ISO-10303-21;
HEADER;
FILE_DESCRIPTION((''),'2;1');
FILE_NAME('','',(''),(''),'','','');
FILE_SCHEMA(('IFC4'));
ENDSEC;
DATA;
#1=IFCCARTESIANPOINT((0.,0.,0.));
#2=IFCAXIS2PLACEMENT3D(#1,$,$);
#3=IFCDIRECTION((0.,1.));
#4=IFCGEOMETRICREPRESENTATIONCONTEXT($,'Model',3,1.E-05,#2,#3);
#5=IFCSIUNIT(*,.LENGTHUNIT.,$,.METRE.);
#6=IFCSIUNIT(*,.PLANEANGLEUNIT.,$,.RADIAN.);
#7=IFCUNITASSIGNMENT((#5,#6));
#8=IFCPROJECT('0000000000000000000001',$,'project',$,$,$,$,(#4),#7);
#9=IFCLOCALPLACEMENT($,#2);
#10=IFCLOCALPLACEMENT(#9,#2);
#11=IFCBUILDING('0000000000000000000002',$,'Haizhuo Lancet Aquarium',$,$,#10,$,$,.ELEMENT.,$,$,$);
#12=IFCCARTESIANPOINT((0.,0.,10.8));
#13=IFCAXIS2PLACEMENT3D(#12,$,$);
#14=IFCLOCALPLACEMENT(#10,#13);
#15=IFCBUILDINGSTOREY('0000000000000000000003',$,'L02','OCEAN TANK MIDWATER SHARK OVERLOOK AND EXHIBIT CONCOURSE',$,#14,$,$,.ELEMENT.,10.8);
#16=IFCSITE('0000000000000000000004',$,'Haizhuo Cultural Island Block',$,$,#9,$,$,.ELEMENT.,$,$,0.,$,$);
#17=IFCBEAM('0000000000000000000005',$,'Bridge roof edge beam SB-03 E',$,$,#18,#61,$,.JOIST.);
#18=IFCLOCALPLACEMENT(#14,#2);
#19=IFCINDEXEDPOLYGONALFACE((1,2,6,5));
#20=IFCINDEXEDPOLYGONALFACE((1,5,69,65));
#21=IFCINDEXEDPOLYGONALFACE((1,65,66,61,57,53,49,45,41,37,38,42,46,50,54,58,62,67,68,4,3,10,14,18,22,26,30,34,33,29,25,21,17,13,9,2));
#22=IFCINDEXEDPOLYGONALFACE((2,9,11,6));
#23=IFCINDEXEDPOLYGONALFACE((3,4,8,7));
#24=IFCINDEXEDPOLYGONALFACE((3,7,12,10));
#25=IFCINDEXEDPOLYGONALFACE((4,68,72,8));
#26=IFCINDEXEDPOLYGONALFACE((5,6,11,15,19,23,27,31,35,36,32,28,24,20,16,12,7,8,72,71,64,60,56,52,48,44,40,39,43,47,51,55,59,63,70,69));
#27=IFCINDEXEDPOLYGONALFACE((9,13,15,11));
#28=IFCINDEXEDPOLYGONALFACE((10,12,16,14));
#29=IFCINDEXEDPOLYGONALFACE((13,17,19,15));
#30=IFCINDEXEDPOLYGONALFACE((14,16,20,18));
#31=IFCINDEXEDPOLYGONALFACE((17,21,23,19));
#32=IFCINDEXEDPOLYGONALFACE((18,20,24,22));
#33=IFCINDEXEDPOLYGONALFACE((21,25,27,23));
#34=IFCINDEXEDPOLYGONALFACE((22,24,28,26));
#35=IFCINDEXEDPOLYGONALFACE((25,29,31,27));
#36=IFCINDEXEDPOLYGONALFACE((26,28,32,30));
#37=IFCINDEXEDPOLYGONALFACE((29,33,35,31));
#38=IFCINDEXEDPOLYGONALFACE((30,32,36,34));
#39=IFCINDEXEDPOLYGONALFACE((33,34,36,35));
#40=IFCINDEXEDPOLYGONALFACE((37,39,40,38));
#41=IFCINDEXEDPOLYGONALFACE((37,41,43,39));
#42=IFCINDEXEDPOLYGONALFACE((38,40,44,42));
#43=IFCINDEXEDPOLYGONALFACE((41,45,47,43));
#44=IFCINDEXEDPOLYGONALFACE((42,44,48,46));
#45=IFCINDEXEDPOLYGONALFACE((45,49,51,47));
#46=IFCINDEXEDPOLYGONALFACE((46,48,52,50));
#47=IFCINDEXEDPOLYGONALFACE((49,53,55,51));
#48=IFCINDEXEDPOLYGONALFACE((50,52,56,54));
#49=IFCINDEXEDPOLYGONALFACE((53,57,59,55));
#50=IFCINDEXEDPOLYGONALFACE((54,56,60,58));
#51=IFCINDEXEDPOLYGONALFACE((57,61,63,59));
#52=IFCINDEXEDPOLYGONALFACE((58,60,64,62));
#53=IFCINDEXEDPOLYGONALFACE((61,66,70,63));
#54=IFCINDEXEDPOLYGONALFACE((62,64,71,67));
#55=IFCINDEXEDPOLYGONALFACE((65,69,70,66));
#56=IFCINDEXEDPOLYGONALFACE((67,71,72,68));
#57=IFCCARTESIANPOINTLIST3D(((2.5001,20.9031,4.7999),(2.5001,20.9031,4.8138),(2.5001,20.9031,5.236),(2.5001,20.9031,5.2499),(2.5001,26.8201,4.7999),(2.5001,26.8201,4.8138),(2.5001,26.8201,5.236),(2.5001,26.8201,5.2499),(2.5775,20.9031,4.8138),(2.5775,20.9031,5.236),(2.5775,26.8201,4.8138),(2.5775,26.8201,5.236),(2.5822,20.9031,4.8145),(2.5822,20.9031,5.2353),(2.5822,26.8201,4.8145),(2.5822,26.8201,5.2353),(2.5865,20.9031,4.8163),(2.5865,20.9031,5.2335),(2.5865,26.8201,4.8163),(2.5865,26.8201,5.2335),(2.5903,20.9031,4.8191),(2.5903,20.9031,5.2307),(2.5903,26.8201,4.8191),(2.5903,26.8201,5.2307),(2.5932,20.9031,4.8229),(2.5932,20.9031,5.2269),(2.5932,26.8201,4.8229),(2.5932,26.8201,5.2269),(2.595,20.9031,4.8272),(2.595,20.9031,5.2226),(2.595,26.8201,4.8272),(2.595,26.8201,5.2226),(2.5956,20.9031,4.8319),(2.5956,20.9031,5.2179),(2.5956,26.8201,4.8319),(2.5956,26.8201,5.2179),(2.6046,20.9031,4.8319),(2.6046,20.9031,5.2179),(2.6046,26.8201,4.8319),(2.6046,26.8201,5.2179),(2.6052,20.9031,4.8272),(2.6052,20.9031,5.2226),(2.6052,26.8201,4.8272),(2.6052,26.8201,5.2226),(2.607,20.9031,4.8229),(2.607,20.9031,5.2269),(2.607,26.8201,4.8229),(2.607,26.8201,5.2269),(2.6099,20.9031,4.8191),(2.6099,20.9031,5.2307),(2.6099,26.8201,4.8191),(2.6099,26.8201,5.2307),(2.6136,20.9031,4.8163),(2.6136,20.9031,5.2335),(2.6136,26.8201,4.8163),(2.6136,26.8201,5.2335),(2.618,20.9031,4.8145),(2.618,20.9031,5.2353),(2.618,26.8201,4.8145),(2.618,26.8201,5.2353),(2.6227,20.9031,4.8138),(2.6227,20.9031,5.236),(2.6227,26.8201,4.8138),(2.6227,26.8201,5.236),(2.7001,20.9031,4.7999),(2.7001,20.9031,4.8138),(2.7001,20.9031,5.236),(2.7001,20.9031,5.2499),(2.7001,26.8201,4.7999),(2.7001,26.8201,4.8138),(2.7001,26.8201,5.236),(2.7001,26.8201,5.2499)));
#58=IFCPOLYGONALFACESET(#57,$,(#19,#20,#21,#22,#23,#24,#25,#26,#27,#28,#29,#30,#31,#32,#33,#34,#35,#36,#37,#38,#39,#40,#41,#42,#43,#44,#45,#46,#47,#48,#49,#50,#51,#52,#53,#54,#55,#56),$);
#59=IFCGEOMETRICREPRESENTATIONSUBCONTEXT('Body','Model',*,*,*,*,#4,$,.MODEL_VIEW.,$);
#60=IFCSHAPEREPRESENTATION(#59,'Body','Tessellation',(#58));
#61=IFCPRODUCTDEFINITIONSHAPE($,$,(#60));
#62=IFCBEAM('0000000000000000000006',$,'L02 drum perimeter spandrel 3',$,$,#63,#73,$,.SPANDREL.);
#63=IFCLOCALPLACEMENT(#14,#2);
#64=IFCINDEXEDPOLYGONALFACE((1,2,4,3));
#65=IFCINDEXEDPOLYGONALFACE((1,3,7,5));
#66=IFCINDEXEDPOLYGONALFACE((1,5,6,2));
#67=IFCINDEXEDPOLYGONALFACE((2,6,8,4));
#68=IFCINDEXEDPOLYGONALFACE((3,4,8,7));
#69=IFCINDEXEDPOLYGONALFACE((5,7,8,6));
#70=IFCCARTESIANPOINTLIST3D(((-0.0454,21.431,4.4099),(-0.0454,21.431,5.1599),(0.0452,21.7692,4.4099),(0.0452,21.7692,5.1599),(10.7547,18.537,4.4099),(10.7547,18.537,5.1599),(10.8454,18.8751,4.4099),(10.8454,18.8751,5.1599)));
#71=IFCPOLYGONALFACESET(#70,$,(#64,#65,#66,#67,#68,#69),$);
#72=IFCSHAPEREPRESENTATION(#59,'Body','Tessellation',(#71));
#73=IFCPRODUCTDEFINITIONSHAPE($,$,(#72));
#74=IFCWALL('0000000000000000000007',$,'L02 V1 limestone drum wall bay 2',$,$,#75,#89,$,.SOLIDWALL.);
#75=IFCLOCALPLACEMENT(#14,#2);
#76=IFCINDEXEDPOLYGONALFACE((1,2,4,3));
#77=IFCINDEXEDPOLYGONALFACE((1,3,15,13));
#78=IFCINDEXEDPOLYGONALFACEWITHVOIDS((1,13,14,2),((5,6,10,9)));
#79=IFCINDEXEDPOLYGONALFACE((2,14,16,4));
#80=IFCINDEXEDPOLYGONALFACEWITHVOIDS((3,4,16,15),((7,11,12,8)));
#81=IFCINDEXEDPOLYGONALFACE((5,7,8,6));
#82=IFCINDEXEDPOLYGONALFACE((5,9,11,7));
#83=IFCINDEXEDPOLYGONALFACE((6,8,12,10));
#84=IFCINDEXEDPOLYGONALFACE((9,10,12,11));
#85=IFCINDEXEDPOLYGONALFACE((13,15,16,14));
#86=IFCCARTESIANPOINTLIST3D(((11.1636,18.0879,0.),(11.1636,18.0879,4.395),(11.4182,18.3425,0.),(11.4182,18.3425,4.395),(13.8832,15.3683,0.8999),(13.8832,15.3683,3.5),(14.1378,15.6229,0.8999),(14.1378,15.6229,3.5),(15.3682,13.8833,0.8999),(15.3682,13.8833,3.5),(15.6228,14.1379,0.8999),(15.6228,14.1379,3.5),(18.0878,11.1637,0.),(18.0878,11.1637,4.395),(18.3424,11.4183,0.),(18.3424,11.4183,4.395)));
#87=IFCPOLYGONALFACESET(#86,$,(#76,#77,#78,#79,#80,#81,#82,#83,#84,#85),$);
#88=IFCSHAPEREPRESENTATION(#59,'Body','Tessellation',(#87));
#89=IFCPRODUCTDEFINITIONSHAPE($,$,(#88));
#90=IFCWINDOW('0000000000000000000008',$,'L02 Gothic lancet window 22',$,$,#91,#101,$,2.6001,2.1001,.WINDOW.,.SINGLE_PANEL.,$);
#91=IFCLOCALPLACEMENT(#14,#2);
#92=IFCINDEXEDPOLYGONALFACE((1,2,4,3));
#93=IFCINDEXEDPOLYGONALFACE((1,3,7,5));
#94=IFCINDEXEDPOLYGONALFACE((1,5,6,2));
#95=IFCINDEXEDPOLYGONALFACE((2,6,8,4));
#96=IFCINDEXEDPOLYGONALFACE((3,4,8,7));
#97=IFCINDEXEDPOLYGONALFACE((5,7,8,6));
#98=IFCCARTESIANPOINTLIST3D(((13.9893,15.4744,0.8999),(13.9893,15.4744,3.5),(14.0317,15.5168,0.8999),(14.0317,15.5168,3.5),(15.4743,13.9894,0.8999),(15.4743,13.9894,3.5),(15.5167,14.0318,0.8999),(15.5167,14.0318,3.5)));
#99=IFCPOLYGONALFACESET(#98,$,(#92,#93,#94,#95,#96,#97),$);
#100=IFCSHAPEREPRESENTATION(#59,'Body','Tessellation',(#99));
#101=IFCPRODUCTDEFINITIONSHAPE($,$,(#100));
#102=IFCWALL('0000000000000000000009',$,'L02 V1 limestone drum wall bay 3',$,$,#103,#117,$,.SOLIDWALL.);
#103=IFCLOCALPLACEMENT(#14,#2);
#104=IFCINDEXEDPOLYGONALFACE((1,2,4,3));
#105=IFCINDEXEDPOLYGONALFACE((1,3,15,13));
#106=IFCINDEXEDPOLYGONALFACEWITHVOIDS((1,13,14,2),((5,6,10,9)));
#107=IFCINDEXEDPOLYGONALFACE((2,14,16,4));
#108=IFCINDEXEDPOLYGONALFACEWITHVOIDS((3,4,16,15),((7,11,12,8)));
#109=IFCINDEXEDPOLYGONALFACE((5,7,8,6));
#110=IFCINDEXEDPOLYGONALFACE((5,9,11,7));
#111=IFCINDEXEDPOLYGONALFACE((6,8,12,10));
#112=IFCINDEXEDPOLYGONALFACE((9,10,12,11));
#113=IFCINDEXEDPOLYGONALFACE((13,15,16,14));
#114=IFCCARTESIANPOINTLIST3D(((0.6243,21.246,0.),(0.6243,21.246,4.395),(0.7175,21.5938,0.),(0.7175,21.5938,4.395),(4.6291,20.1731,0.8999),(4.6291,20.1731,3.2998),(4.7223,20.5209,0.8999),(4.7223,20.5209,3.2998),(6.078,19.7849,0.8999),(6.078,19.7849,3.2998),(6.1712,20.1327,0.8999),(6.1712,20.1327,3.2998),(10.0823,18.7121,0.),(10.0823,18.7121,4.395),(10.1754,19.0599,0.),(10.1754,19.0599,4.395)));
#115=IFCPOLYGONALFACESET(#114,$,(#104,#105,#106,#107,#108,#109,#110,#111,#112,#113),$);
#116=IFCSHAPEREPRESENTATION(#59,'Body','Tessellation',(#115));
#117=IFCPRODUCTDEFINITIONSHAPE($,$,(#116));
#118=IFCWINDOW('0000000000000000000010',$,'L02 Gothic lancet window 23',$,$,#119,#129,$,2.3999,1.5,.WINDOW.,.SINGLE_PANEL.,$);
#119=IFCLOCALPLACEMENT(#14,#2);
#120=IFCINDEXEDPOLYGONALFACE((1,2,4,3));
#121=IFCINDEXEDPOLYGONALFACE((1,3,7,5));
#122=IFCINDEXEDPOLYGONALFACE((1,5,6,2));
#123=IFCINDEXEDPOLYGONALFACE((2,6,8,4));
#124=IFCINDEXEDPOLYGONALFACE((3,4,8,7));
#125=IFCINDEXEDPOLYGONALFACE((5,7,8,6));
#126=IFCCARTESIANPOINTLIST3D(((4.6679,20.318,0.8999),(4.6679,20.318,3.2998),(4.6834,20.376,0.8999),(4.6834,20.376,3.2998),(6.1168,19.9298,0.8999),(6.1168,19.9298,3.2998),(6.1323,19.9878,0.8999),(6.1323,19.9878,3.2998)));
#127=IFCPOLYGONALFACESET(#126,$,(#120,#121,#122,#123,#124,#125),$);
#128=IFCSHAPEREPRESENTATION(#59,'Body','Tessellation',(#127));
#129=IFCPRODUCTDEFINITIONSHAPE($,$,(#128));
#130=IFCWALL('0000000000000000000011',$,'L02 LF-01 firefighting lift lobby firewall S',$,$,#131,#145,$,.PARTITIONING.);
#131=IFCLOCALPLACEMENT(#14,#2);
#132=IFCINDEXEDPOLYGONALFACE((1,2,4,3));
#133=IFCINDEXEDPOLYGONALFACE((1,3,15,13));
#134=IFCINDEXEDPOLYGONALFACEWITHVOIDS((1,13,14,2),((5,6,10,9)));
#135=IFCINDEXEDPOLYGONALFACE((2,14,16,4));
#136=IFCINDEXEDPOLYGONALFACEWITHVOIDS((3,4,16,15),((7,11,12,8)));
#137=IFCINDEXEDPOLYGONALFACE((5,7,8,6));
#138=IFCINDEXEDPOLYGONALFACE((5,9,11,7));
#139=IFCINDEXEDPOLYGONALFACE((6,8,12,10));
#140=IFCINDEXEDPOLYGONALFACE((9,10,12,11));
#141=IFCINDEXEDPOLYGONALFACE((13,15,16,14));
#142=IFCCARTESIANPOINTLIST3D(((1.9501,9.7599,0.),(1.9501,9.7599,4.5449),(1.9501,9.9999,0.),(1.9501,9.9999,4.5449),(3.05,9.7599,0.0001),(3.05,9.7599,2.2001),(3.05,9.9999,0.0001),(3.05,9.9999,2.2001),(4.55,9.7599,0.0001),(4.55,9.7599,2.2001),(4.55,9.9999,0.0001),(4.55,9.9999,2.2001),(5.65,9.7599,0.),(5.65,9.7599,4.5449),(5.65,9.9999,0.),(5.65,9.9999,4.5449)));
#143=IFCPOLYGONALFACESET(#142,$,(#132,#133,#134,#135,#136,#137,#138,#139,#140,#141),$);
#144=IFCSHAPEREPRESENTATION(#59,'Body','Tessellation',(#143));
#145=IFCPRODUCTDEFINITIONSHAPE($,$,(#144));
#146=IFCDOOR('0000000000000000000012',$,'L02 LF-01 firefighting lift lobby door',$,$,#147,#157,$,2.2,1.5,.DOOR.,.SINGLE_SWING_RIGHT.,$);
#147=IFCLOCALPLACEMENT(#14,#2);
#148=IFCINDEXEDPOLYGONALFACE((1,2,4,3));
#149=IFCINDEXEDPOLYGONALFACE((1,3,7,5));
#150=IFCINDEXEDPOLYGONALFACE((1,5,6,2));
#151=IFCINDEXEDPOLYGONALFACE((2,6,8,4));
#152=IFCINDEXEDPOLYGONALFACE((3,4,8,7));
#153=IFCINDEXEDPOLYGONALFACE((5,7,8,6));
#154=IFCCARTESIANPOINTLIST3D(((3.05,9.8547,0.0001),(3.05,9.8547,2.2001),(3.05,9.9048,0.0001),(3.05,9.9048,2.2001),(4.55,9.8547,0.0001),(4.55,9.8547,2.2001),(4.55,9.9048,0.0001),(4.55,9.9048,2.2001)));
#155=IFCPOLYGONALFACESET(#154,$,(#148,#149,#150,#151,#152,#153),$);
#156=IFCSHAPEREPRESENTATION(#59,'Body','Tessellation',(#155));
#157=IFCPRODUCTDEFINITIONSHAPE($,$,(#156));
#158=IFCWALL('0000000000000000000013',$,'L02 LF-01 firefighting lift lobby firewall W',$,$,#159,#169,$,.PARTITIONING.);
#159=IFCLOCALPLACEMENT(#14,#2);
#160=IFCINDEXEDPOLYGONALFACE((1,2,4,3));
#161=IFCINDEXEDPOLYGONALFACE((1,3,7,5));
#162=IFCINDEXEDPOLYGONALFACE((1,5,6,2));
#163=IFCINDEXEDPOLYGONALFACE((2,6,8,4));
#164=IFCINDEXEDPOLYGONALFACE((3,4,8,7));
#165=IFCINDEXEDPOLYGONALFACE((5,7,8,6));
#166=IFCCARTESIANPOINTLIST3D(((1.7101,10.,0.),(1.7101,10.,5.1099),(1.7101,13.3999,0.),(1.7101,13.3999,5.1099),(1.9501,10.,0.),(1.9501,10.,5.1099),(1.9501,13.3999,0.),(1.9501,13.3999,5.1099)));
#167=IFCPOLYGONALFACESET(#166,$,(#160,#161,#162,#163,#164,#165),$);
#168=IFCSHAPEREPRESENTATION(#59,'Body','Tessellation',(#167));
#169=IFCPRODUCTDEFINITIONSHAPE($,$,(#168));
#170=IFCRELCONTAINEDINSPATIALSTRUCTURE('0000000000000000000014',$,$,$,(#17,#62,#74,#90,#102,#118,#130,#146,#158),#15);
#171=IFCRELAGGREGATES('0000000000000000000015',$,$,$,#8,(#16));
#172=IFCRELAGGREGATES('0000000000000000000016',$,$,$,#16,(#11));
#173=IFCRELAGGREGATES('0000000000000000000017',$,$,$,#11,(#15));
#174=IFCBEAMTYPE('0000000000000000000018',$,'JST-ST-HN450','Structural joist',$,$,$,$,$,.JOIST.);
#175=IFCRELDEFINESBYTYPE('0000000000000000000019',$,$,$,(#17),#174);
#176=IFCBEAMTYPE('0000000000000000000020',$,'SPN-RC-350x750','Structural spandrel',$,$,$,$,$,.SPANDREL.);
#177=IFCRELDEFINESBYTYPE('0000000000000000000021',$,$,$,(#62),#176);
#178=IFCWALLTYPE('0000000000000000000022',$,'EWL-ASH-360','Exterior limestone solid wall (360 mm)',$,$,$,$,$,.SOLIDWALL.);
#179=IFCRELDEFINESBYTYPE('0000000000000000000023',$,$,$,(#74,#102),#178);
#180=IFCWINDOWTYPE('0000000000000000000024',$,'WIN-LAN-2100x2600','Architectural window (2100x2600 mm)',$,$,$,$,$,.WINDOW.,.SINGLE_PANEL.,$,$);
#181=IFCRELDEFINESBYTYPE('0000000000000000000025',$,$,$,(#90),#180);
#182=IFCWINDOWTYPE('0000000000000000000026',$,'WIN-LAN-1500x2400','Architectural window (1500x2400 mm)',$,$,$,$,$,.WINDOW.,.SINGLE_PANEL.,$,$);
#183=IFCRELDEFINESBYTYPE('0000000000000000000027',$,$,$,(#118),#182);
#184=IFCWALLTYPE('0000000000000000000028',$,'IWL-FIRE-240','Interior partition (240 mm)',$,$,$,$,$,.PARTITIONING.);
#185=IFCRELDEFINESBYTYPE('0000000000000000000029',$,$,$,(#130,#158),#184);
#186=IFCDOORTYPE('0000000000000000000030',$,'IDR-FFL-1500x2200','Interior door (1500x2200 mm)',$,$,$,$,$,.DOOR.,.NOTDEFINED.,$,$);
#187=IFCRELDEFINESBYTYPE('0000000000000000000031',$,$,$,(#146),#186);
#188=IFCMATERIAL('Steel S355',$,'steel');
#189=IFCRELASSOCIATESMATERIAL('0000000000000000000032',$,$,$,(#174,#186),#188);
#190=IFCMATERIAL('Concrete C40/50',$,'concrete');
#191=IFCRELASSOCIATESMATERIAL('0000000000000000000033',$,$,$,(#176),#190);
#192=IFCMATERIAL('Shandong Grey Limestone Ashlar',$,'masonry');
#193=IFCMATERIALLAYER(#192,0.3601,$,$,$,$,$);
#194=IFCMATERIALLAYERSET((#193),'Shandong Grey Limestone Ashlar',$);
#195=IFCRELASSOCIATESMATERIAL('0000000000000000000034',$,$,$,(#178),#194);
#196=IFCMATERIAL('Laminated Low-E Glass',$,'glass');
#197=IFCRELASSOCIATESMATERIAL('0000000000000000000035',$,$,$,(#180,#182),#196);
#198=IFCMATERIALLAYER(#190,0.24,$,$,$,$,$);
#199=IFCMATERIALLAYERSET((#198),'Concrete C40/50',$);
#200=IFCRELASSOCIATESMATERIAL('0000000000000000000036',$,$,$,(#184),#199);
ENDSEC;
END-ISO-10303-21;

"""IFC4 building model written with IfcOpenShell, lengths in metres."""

from ifc_helpers import new_model, si_unit, direction, frame, frame_2d, origin, origin_2d, place, context, subcontext, project, spatial, rectangle, i_section, extrude, material, layer, layer_set, material_profile, profile_set, type_object, element, fill, save


model = new_model("IFC4")

# Units and contexts
model_context = context("Model", 3, precision=1e-05, world=origin(), true_north=direction((0.0, 1.0)))
body_context = subcontext(model_context, "Body", "Model", "MODEL_VIEW")
ifc_project = project(units=[si_unit("LENGTHUNIT", "METRE"), si_unit("PLANEANGLEUNIT", "RADIAN")], contexts=[model_context])

# Site, building, storey
site_placement = place(None, origin())
site = spatial("IfcSite", under=ifc_project, at=site_placement, Name="Haizhuo Cultural Island Block", CompositionType="ELEMENT", RefElevation=0.0)
building_placement = place(site_placement, origin())
building = spatial("IfcBuilding", under=site, at=building_placement, Name="Haizhuo Lancet Aquarium", CompositionType="ELEMENT")
storey_placement = place(building_placement, frame((0.0, 0.0, 10.8)))
storey = spatial("IfcBuildingStorey", under=building, at=storey_placement, Name="L02", Description="OCEAN TANK MIDWATER SHARK OVERLOOK AND EXHIBIT CONCOURSE", CompositionType="ELEMENT", Elevation=10.8)

# Beams
ifc_material_1 = material(Name="Concrete C40/50", Category="concrete")
ifc_material_2 = material(Name="Steel S355", Category="steel")
ifc_material_profile_1 = material_profile(ifc_material_2, i_section(OverallWidth=0.2, OverallDepth=0.45, WebThickness=0.009, FlangeThickness=0.0139, FilletRadius=0.0181, at=origin_2d()), Name="HN 450x200x9x14")
ifc_profile_set_1 = profile_set([ifc_material_profile_1], Name="Steel S355")
beam_type_1 = type_object("IfcBeamType", Name="JST-ST-HN450", Description="Structural joist", PredefinedType="JOIST", material=ifc_profile_set_1)
beam_1_placement = place(storey_placement, frame((2.6001, 20.9031, 5.0249), z_axis=(0.0, 1.0, 0.0), x_axis=(-1.0, 0.0, 0.0)))
element("IfcBeam", 1, at=beam_1_placement, inside=storey, type_object=beam_type_1, Name="Bridge roof edge beam SB-03 E", PredefinedType="JOIST", context=body_context, shape_type="SweptSolid", body=[
    extrude(i_section(OverallWidth=0.2, OverallDepth=0.45, WebThickness=0.009, FlangeThickness=0.0139, FilletRadius=0.0181, at=origin_2d()), origin(), (0.0, 0.0, 1.0), 5.917),
])
ifc_material_profile_2 = material_profile(ifc_material_1, rectangle(XDim=0.3501, YDim=0.75, at=origin_2d()), Name="RC-SP 350x750")
ifc_profile_set_2 = profile_set([ifc_material_profile_2], Name="Concrete C40/50")
beam_type_2 = type_object("IfcBeamType", Name="SPN-RC-350x750", Description="Structural spandrel", PredefinedType="SPANDREL", material=ifc_profile_set_2)
beam_2_placement = place(storey_placement, frame((10.8, 18.7061, 4.7849), z_axis=(-0.965922, 0.258834, 0.0), x_axis=(-0.258834, -0.965922, 0.0)))
element("IfcBeam", 2, at=beam_2_placement, inside=storey, type_object=beam_type_2, Name="L02 drum perimeter spandrel 3", PredefinedType="SPANDREL", context=body_context, shape_type="SweptSolid", body=[
    extrude(rectangle(XDim=0.3501, YDim=0.75, at=origin_2d()), origin(), (0.0, 0.0, 1.0), 11.1812),
])

# Walls, openings, windows
ifc_material_3 = material(Name="Shandong Grey Limestone Ashlar", Category="masonry")
ifc_layer_1 = layer(ifc_material_3, 0.3601)
ifc_layer_set_1 = layer_set([ifc_layer_1], Name="Shandong Grey Limestone Ashlar")
wall_type_1 = type_object("IfcWallType", Name="EWL-ASH-360", Description="Exterior limestone solid wall (360 mm)", PredefinedType="SOLIDWALL", material=ifc_layer_set_1)
wall_1_placement = place(storey_placement, frame((11.291, 18.2151, 0.0), z_axis=(0.0, 0.0, 1.0), x_axis=(0.707107, -0.707107, 0.0)))
wall_1 = element("IfcWall", 3, at=wall_1_placement, inside=storey, type_object=wall_type_1, Name="L02 V1 limestone drum wall bay 2", PredefinedType="SOLIDWALL", context=body_context, shape_type="SweptSolid", body=[
    extrude(rectangle(XDim=9.7922, YDim=0.3601, at=frame_2d((4.896, 0.0))), origin(), (0.0, 0.0, 1.0), 4.395),
])
opening_1_placement = place(wall_1_placement, frame((3.8459, 0.0, 0.8999)))
opening_1 = element("IfcOpeningElement", 4, at=opening_1_placement, cuts=wall_1, PredefinedType="OPENING", context=body_context, shape_type="SweptSolid", body=[
    extrude(rectangle(XDim=2.1001, YDim=2.6001, at=frame_2d((1.05, 1.3))), frame((0.0, 0.1899, 0.0), z_axis=(0.0, -1.0, 0.0), x_axis=(1.0, 0.0, 0.0)), (0.0, 0.0, 1.0), 0.3801),
])
ifc_material_4 = material(Name="Laminated Low-E Glass", Category="glass")
window_type_1 = type_object("IfcWindowType", Name="WIN-LAN-2100x2600", Description="Architectural window (2100x2600 mm)", PartitioningType="SINGLE_PANEL", PredefinedType="WINDOW", material=ifc_material_4)
window_1_placement = place(opening_1_placement, origin())
window_1 = element("IfcWindow", 5, at=window_1_placement, inside=storey, type_object=window_type_1, Name="L02 Gothic lancet window 22", OverallHeight=2.6001, OverallWidth=2.1001, PartitioningType="SINGLE_PANEL", PredefinedType="WINDOW", context=body_context, shape_type="SweptSolid", body=[
    extrude(rectangle(XDim=2.1001, YDim=2.6001, at=frame_2d((1.05, 1.3))), frame((0.0, 0.03, 0.0), z_axis=(0.0, -1.0, 0.0), x_axis=(1.0, 0.0, 0.0)), (0.0, 0.0, 1.0), 0.0601),
])
fill(opening_1, window_1)
wall_2_placement = place(storey_placement, frame((0.6709, 21.4199, 0.0), z_axis=(0.0, 0.0, 1.0), x_axis=(0.965934, -0.258788, 0.0)))
wall_2 = element("IfcWall", 6, at=wall_2_placement, inside=storey, type_object=wall_type_1, Name="L02 V1 limestone drum wall bay 3", PredefinedType="SOLIDWALL", context=body_context, shape_type="SweptSolid", body=[
    extrude(rectangle(XDim=9.7915, YDim=0.3601, at=frame_2d((4.8958, 0.0))), origin(), (0.0, 0.0, 1.0), 4.395),
])
opening_2_placement = place(wall_2_placement, frame((4.146, 0.0, 0.8999)))
opening_2 = element("IfcOpeningElement", 7, at=opening_2_placement, cuts=wall_2, PredefinedType="OPENING", context=body_context, shape_type="SweptSolid", body=[
    extrude(rectangle(XDim=1.5, YDim=2.3999, at=frame_2d((0.75, 1.2))), frame((0.0, 0.1899, 0.0), z_axis=(0.0, -1.0, 0.0), x_axis=(1.0, 0.0, 0.0)), (0.0, 0.0, 1.0), 0.3801),
])
window_type_2 = type_object("IfcWindowType", Name="WIN-LAN-1500x2400", Description="Architectural window (1500x2400 mm)", PartitioningType="SINGLE_PANEL", PredefinedType="WINDOW", material=ifc_material_4)
window_2_placement = place(opening_2_placement, origin())
window_2 = element("IfcWindow", 8, at=window_2_placement, inside=storey, type_object=window_type_2, Name="L02 Gothic lancet window 23", OverallHeight=2.3999, OverallWidth=1.5, PartitioningType="SINGLE_PANEL", PredefinedType="WINDOW", context=body_context, shape_type="SweptSolid", body=[
    extrude(rectangle(XDim=1.5, YDim=2.3999, at=frame_2d((0.75, 1.2))), frame((0.0, 0.03, 0.0), z_axis=(0.0, -1.0, 0.0), x_axis=(1.0, 0.0, 0.0)), (0.0, 0.0, 1.0), 0.0601),
])
fill(opening_2, window_2)

# Wall, opening, door
ifc_layer_2 = layer(ifc_material_1, 0.24)
ifc_layer_set_2 = layer_set([ifc_layer_2], Name="Concrete C40/50")
wall_type_2 = type_object("IfcWallType", Name="IWL-FIRE-240", Description="Interior partition (240 mm)", PredefinedType="PARTITIONING", material=ifc_layer_set_2)
wall_3_placement = place(storey_placement, frame((1.95, 9.8799, 0.0), z_axis=(0.0, 0.0, 1.0), x_axis=(1.0, 0.0, 0.0)))
wall_3 = element("IfcWall", 9, at=wall_3_placement, inside=storey, type_object=wall_type_2, Name="L02 LF-01 firefighting lift lobby firewall S", PredefinedType="PARTITIONING", context=body_context, shape_type="SweptSolid", body=[
    extrude(rectangle(XDim=3.7, YDim=0.24, at=frame_2d((1.8501, 0.0))), origin(), (0.0, 0.0, 1.0), 4.5449),
])
opening_3_placement = place(wall_3_placement, frame((1.1001, 0.0, 0.0)))
opening_3 = element("IfcOpeningElement", 10, at=opening_3_placement, cuts=wall_3, PredefinedType="OPENING", context=body_context, shape_type="SweptSolid", body=[
    extrude(rectangle(XDim=1.5, YDim=2.2, at=frame_2d((0.75, 1.1001))), frame((0.0, 0.1299, 0.0), z_axis=(0.0, -1.0, 0.0), x_axis=(1.0, 0.0, 0.0)), (0.0, 0.0, 1.0), 0.26),
])
door_type_1 = type_object("IfcDoorType", Name="IDR-FFL-1500x2200", Description="Interior door (1500x2200 mm)", OperationType="NOTDEFINED", PredefinedType="DOOR", material=ifc_material_2)
door_1_placement = place(opening_3_placement, origin())
door_1 = element("IfcDoor", 11, at=door_1_placement, inside=storey, type_object=door_type_1, Name="L02 LF-01 firefighting lift lobby door", OperationType="SINGLE_SWING_RIGHT", OverallHeight=2.2, OverallWidth=1.5, PredefinedType="DOOR", context=body_context, shape_type="SweptSolid", body=[
    extrude(rectangle(XDim=1.5, YDim=2.2, at=frame_2d((0.75, 1.1001))), frame((0.0, 0.0249, 0.0), z_axis=(0.0, -1.0, 0.0), x_axis=(1.0, 0.0, 0.0)), (0.0, 0.0, 1.0), 0.05),
])
fill(opening_3, door_1)

# Wall
wall_4_placement = place(storey_placement, frame((1.8301, 10.0, 0.0), z_axis=(0.0, 0.0, 1.0), x_axis=(0.0, 1.0, 0.0)))
element("IfcWall", 12, at=wall_4_placement, inside=storey, type_object=wall_type_2, Name="L02 LF-01 firefighting lift lobby firewall W", PredefinedType="PARTITIONING", context=body_context, shape_type="SweptSolid", body=[
    extrude(rectangle(XDim=3.3999, YDim=0.24, at=frame_2d((1.7, 0.0))), origin(), (0.0, 0.0, 1.0), 5.1099),
])

save(model, "model.ifc")
